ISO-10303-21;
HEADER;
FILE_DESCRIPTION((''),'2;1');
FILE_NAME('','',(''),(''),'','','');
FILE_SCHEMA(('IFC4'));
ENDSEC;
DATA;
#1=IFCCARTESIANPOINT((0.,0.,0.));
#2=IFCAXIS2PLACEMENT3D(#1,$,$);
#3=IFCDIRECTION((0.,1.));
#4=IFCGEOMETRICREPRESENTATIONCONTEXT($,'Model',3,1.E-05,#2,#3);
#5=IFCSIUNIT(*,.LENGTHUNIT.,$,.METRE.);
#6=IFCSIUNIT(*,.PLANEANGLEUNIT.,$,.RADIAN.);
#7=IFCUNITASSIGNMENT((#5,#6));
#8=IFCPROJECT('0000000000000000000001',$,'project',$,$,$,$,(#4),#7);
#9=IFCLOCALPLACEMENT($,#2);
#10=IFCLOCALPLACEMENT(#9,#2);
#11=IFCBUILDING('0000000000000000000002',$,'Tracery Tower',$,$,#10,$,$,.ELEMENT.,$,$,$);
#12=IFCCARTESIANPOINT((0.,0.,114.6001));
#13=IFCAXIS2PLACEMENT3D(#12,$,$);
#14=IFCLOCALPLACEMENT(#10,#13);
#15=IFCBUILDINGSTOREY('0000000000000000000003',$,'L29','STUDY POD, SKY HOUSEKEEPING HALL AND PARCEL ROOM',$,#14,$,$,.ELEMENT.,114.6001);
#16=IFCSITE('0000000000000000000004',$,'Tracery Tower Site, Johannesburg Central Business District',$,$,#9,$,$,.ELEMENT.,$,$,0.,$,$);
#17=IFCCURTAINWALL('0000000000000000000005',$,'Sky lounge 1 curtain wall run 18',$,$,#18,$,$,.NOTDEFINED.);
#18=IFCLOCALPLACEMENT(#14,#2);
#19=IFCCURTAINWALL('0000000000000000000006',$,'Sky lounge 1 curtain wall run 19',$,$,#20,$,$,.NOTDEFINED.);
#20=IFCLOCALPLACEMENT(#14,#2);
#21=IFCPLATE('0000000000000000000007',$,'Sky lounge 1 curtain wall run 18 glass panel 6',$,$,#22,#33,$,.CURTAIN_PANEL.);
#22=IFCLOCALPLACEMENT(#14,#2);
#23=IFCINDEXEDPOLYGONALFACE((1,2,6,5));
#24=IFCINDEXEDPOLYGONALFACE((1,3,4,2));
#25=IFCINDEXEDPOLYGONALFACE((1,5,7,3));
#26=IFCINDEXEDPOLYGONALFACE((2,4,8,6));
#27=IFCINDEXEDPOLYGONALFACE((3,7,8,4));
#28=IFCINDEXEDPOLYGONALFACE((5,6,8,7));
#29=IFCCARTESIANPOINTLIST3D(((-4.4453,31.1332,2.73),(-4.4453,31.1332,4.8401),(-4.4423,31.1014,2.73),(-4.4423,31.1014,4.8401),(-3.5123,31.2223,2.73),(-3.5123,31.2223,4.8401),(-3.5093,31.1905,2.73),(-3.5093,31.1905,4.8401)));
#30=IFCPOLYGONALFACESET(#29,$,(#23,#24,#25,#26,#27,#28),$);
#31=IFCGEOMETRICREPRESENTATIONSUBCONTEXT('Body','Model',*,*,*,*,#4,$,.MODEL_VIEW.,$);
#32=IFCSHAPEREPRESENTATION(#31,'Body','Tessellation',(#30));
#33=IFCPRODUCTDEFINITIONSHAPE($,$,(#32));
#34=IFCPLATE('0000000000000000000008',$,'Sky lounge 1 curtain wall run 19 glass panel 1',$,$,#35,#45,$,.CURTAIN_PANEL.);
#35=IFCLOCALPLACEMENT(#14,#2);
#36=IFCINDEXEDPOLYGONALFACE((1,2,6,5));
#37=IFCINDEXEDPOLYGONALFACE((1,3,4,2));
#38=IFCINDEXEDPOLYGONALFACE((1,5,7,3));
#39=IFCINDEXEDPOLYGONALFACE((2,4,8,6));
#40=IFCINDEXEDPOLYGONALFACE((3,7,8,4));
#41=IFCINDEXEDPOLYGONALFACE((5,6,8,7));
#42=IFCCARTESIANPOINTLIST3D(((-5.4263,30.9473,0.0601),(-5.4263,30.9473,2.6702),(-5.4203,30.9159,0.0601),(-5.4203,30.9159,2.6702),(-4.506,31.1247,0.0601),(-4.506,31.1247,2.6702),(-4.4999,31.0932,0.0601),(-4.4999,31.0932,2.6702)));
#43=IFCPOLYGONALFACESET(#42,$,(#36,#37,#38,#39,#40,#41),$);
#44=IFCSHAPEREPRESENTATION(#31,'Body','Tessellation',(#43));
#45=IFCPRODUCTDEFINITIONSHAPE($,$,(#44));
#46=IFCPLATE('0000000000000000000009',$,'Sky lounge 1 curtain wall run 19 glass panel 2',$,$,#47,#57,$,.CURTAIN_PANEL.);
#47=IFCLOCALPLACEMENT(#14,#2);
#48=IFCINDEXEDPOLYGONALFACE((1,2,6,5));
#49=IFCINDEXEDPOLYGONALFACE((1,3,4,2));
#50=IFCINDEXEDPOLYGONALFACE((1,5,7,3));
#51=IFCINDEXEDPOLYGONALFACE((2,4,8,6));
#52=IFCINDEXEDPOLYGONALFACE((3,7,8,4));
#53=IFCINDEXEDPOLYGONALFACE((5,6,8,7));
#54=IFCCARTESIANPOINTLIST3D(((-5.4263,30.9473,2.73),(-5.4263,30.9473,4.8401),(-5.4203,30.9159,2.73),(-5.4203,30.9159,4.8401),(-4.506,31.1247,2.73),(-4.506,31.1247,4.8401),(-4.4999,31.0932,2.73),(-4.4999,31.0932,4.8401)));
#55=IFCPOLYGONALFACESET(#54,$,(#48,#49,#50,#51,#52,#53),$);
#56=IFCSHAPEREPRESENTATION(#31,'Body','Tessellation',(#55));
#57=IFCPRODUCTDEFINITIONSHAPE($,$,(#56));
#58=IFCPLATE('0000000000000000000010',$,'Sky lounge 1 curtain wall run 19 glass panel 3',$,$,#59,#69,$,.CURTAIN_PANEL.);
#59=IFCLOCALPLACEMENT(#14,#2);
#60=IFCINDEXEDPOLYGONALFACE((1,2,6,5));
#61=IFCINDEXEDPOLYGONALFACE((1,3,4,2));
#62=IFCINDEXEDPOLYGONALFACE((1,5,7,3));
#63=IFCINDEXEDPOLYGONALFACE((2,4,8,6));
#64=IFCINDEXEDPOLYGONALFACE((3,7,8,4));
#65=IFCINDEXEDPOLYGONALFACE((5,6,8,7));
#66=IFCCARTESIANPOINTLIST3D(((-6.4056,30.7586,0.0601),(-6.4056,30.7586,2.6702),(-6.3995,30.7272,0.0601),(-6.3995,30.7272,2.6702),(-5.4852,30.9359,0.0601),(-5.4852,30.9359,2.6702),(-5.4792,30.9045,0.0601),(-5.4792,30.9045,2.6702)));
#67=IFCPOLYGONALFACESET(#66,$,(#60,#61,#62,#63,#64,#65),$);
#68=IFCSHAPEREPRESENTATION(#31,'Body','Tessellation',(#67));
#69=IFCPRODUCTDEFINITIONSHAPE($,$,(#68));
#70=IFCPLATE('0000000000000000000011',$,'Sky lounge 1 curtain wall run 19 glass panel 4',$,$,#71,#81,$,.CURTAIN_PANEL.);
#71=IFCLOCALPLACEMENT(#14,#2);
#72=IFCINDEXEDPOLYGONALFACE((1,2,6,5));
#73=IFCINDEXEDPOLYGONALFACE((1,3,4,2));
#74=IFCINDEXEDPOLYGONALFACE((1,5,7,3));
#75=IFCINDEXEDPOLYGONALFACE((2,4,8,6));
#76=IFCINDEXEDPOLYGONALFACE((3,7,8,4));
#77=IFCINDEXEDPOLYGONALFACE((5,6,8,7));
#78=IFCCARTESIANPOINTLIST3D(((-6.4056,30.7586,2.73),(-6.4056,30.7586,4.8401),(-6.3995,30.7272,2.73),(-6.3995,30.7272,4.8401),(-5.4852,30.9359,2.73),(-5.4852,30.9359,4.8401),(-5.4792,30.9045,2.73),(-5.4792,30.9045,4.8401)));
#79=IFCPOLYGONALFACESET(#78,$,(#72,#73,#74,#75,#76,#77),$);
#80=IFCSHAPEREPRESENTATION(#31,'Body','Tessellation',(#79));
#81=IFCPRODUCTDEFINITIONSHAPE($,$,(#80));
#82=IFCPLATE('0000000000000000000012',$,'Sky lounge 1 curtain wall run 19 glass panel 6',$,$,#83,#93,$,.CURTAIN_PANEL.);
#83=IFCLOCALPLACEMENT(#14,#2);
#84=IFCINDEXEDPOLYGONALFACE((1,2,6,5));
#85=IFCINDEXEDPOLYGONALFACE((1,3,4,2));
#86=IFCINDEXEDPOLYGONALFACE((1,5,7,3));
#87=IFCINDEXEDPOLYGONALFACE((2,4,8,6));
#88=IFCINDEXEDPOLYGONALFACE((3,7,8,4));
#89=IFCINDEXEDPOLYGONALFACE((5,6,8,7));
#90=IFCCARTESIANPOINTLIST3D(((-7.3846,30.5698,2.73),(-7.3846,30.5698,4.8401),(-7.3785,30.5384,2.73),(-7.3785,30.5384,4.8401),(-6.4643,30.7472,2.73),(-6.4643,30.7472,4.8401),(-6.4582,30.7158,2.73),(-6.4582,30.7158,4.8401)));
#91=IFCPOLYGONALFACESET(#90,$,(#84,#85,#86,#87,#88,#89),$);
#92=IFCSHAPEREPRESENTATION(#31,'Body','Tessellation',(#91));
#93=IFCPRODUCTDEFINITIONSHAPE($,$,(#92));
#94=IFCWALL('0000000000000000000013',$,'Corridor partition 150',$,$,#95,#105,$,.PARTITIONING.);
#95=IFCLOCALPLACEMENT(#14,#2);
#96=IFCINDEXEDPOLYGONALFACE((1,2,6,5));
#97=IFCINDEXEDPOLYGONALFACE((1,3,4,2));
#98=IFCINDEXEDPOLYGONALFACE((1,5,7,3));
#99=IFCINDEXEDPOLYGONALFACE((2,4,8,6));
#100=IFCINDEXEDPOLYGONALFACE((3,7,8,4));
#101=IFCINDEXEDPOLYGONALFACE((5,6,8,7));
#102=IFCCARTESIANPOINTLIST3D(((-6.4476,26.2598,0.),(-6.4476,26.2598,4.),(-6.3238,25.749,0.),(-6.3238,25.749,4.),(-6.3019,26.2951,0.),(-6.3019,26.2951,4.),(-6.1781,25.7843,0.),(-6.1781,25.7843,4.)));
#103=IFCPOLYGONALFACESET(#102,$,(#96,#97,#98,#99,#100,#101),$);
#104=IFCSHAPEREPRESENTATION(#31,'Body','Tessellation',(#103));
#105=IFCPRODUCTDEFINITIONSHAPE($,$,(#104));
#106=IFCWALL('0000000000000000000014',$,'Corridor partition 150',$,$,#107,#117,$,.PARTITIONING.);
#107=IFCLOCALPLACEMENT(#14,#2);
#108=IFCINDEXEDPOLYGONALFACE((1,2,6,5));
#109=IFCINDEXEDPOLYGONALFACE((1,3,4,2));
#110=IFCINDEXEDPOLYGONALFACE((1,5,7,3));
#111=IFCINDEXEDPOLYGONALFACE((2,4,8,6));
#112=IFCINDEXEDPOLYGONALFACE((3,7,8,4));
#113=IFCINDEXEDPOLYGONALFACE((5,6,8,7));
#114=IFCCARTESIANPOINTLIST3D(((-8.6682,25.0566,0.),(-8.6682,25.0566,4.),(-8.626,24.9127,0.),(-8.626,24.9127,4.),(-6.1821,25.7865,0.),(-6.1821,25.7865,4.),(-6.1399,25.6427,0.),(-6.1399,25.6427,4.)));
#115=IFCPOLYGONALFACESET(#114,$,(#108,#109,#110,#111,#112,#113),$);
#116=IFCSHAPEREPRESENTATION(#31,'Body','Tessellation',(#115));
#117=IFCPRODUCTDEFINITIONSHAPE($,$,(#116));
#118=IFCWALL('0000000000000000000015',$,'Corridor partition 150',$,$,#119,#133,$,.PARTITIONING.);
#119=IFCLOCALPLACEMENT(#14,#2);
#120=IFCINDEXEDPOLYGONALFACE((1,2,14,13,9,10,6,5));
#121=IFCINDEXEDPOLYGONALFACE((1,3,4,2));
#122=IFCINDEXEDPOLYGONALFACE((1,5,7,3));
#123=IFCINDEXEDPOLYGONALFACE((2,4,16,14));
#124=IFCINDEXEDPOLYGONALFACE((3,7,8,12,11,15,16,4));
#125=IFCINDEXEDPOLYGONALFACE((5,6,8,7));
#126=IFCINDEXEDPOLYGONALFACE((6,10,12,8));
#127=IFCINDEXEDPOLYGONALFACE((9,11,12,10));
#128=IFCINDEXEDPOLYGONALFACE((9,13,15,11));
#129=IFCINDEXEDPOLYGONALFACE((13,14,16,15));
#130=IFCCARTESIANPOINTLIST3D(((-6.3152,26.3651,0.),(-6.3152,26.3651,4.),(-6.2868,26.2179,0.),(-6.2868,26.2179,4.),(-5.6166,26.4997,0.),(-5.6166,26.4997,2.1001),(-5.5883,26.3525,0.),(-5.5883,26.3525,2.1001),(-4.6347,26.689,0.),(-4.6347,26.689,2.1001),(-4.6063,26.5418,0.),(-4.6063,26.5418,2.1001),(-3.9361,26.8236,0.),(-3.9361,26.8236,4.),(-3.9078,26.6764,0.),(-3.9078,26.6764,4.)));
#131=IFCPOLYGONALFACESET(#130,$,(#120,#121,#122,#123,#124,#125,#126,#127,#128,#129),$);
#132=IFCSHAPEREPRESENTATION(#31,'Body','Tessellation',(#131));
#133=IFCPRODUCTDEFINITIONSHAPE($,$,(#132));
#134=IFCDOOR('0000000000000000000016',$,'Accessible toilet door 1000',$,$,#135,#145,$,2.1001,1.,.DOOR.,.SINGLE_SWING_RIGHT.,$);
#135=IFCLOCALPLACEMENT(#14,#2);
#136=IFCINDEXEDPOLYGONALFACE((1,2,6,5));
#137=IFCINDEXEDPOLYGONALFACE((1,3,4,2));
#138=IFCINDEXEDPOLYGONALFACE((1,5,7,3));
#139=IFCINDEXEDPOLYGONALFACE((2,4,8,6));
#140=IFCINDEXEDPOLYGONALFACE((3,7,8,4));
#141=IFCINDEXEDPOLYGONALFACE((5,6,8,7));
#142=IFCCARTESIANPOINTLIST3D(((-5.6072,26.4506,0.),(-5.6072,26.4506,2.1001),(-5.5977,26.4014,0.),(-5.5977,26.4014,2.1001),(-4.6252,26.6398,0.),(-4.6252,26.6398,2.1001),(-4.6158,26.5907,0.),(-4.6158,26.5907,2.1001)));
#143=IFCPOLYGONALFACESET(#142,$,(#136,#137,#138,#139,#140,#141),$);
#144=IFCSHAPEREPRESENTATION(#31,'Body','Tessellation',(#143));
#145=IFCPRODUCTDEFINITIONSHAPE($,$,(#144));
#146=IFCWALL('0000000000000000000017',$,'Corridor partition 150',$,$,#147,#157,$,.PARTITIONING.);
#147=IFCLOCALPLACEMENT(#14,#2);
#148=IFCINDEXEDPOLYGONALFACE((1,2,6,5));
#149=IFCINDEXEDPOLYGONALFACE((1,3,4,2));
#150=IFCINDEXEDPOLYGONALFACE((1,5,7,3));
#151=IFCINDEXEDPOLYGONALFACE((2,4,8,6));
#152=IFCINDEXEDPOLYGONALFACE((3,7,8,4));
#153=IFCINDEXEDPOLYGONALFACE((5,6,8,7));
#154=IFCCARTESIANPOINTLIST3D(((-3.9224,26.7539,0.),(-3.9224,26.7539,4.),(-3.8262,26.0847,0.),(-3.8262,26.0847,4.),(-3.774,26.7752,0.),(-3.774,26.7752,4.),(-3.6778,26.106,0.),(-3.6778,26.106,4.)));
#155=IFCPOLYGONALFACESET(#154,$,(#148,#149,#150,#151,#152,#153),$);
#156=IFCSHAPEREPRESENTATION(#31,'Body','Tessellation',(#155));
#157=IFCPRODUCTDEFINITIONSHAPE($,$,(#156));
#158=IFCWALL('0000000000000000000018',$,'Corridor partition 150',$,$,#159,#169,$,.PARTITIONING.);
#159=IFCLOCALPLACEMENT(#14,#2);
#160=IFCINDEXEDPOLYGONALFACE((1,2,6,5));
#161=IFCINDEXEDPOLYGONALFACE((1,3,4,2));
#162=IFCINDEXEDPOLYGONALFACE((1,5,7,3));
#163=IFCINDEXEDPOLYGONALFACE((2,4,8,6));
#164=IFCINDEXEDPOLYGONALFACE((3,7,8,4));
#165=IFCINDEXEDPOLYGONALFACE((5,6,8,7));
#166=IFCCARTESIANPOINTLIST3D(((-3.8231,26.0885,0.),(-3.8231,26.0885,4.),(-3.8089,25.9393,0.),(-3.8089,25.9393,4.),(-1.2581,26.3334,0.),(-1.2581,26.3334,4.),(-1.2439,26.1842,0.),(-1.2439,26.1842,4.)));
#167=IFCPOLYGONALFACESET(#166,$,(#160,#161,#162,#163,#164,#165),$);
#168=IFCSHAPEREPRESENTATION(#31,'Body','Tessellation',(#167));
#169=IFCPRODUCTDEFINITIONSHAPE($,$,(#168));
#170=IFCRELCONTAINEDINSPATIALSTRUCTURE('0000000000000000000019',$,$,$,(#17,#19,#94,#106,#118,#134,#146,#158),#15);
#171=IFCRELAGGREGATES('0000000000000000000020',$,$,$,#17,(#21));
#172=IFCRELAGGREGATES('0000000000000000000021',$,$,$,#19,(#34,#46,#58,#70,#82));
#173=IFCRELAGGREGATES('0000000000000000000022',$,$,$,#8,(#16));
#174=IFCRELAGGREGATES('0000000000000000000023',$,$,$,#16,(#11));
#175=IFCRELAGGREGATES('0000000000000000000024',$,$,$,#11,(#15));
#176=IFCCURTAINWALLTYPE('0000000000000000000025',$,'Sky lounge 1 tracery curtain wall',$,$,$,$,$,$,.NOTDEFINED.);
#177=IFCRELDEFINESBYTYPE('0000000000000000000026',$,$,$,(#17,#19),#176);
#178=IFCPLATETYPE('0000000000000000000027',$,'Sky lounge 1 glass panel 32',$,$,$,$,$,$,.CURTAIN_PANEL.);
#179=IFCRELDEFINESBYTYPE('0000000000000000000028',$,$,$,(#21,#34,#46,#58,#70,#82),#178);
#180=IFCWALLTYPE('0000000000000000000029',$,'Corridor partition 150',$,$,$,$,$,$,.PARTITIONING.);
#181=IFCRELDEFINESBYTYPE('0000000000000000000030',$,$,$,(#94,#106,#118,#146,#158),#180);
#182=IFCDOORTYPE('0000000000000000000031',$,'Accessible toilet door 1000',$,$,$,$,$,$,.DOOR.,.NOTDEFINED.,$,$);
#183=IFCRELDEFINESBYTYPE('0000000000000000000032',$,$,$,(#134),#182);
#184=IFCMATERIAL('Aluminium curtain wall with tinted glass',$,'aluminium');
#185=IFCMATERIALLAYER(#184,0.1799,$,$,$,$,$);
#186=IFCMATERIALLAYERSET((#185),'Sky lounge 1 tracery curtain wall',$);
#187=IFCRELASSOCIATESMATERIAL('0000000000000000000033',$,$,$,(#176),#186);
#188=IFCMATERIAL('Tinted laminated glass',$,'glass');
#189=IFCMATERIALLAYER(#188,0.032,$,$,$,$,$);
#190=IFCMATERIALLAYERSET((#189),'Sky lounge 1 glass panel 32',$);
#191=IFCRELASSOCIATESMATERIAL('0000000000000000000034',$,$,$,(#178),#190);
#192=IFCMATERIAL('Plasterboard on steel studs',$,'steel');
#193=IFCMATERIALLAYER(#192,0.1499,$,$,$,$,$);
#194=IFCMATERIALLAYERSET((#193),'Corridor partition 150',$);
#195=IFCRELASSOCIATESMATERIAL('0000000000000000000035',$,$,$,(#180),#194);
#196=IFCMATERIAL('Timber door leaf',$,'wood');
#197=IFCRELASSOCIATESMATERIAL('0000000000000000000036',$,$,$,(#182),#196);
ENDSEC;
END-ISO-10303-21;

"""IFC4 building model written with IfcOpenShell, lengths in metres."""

from ifc_helpers import new_model, si_unit, direction, frame, frame_2d, origin, origin_2d, place, context, subcontext, project, spatial, rectangle, extrude, material, layer, layer_set, type_object, element, fill, aggregate, save


model = new_model("IFC4")

# Units and contexts
model_context = context("Model", 3, precision=1e-05, world=origin(), true_north=direction((0.0, 1.0)))
body_context = subcontext(model_context, "Body", "Model", "MODEL_VIEW")
ifc_project = project(units=[si_unit("LENGTHUNIT", "METRE"), si_unit("PLANEANGLEUNIT", "RADIAN")], contexts=[model_context])

# Site, building, storey
site_placement = place(None, origin())
site = spatial("IfcSite", under=ifc_project, at=site_placement, Name="Tracery Tower Site, Johannesburg Central Business District", CompositionType="ELEMENT", RefElevation=0.0)
building_placement = place(site_placement, origin())
building = spatial("IfcBuilding", under=site, at=building_placement, Name="Tracery Tower", CompositionType="ELEMENT")
storey_placement = place(building_placement, frame((0.0, 0.0, 114.6001)))
storey = spatial("IfcBuildingStorey", under=building, at=storey_placement, Name="L29", Description="STUDY POD, SKY HOUSEKEEPING HALL AND PARCEL ROOM", CompositionType="ELEMENT", Elevation=114.6001)

# Curtain walls
ifc_material_1 = material(Name="Aluminium curtain wall with tinted glass", Category="aluminium")
ifc_layer_1 = layer(ifc_material_1, 0.1799)
ifc_layer_set_1 = layer_set([ifc_layer_1], Name="Sky lounge 1 tracery curtain wall")
curtain_wall_type = type_object("IfcCurtainWallType", Name="Sky lounge 1 tracery curtain wall", PredefinedType="NOTDEFINED", material=ifc_layer_set_1)
curtain_wall_1_placement = place(storey_placement, origin())
curtain_wall_1 = element("IfcCurtainWall", 1, at=curtain_wall_1_placement, inside=storey, type_object=curtain_wall_type, Name="Sky lounge 1 curtain wall run 18", PredefinedType="NOTDEFINED")
curtain_wall_2_placement = place(storey_placement, origin())
curtain_wall_2 = element("IfcCurtainWall", 2, at=curtain_wall_2_placement, inside=storey, type_object=curtain_wall_type, Name="Sky lounge 1 curtain wall run 19", PredefinedType="NOTDEFINED")

# Shared definitions
ifc_material_2 = material(Name="Tinted laminated glass", Category="glass")
ifc_layer_2 = layer(ifc_material_2, 0.032)
ifc_layer_set_2 = layer_set([ifc_layer_2], Name="Sky lounge 1 glass panel 32")
plate_type = type_object("IfcPlateType", Name="Sky lounge 1 glass panel 32", PredefinedType="CURTAIN_PANEL", material=ifc_layer_set_2)

# Plates
plate_1_placement = place(storey_placement, frame((-3.9773, 31.1619, 2.73), z_axis=(0.0, 0.0, 1.0), x_axis=(-0.995472, -0.095056, 0.0)))
plate_1 = element("IfcPlate", 3, at=plate_1_placement, type_object=plate_type, Name="Sky lounge 1 curtain wall run 18 glass panel 6", PredefinedType="CURTAIN_PANEL", context=body_context, shape_type="SweptSolid", body=[
    extrude(rectangle(XDim=0.9373, YDim=0.032, at=origin_2d()), origin(), (0.0, 0.0, 1.0), 2.1101),
])
aggregate(curtain_wall_1, [plate_1])
plate_2_placement = place(storey_placement, frame((-4.9631, 31.0203, 0.0601), z_axis=(0.0, 0.0, 1.0), x_axis=(-0.981929, -0.189251, 0.0)))
plate_2 = element("IfcPlate", 4, at=plate_2_placement, type_object=plate_type, Name="Sky lounge 1 curtain wall run 19 glass panel 1", PredefinedType="CURTAIN_PANEL", context=body_context, shape_type="SweptSolid", body=[
    extrude(rectangle(XDim=0.9373, YDim=0.032, at=origin_2d()), origin(), (0.0, 0.0, 1.0), 2.6101),
])
plate_3_placement = place(storey_placement, frame((-4.9631, 31.0203, 2.73), z_axis=(0.0, 0.0, 1.0), x_axis=(-0.981929, -0.189251, 0.0)))
plate_3 = element("IfcPlate", 5, at=plate_3_placement, type_object=plate_type, Name="Sky lounge 1 curtain wall run 19 glass panel 2", PredefinedType="CURTAIN_PANEL", context=body_context, shape_type="SweptSolid", body=[
    extrude(rectangle(XDim=0.9373, YDim=0.032, at=origin_2d()), origin(), (0.0, 0.0, 1.0), 2.1101),
])
plate_4_placement = place(storey_placement, frame((-5.9424, 30.8315, 0.0601), z_axis=(0.0, 0.0, 1.0), x_axis=(-0.981929, -0.189251, 0.0)))
plate_4 = element("IfcPlate", 6, at=plate_4_placement, type_object=plate_type, Name="Sky lounge 1 curtain wall run 19 glass panel 3", PredefinedType="CURTAIN_PANEL", context=body_context, shape_type="SweptSolid", body=[
    extrude(rectangle(XDim=0.9373, YDim=0.032, at=origin_2d()), origin(), (0.0, 0.0, 1.0), 2.6101),
])
plate_5_placement = place(storey_placement, frame((-5.9424, 30.8315, 2.73), z_axis=(0.0, 0.0, 1.0), x_axis=(-0.981929, -0.189251, 0.0)))
plate_5 = element("IfcPlate", 7, at=plate_5_placement, type_object=plate_type, Name="Sky lounge 1 curtain wall run 19 glass panel 4", PredefinedType="CURTAIN_PANEL", context=body_context, shape_type="SweptSolid", body=[
    extrude(rectangle(XDim=0.9373, YDim=0.032, at=origin_2d()), origin(), (0.0, 0.0, 1.0), 2.1101),
])
plate_6_placement = place(storey_placement, frame((-6.9214, 30.6428, 2.73), z_axis=(0.0, 0.0, 1.0), x_axis=(-0.981929, -0.189251, 0.0)))
plate_6 = element("IfcPlate", 8, at=plate_6_placement, type_object=plate_type, Name="Sky lounge 1 curtain wall run 19 glass panel 6", PredefinedType="CURTAIN_PANEL", context=body_context, shape_type="SweptSolid", body=[
    extrude(rectangle(XDim=0.9373, YDim=0.032, at=origin_2d()), origin(), (0.0, 0.0, 1.0), 2.1101),
])
aggregate(curtain_wall_2, [plate_2, plate_3, plate_4, plate_5, plate_6])

# Walls
ifc_material_3 = material(Name="Plasterboard on steel studs", Category="steel")
ifc_layer_3 = layer(ifc_material_3, 0.1499)
ifc_layer_set_3 = layer_set([ifc_layer_3], Name="Corridor partition 150")
wall_type_1 = type_object("IfcWallType", Name="Corridor partition 150", PredefinedType="PARTITIONING", material=ifc_layer_set_3)
wall_1_placement = place(storey_placement, frame((-6.3748, 26.2773, 0.0), z_axis=(0.0, 0.0, 1.0), x_axis=(0.235534, -0.971866, 0.0)))
element("IfcWall", 9, at=wall_1_placement, inside=storey, type_object=wall_type_1, Name="Corridor partition 150", PredefinedType="PARTITIONING", context=body_context, shape_type="SweptSolid", body=[
    extrude(rectangle(XDim=0.5256, YDim=0.1499, at=frame_2d((0.2627, 0.0))), origin(), (0.0, 0.0, 1.0), 4.0),
])
wall_2_placement = place(storey_placement, frame((-6.1611, 25.7146, 0.0), z_axis=(0.0, 0.0, 1.0), x_axis=(-0.959493, -0.281733, 0.0)))
element("IfcWall", 10, at=wall_2_placement, inside=storey, type_object=wall_type_1, Name="Corridor partition 150", PredefinedType="PARTITIONING", context=body_context, shape_type="SweptSolid", body=[
    extrude(rectangle(XDim=2.5911, YDim=0.1499, at=frame_2d((1.2954, 0.0))), origin(), (0.0, 0.0, 1.0), 4.0),
])

# Wall, opening, door
wall_3_placement = place(storey_placement, frame((-6.301, 26.2915, 0.0), z_axis=(0.0, 0.0, 1.0), x_axis=(0.981932, 0.189232, 0.0)))
wall_3 = element("IfcWall", 11, at=wall_3_placement, inside=storey, type_object=wall_type_1, Name="Corridor partition 150", PredefinedType="PARTITIONING", context=body_context, shape_type="SweptSolid", body=[
    extrude(rectangle(XDim=2.4229, YDim=0.1499, at=frame_2d((1.2114, 0.0))), origin(), (0.0, 0.0, 1.0), 4.0),
])
opening_1_placement = place(wall_3_placement, frame((0.7114, 0.0, 0.0)))
opening_1 = element("IfcOpeningElement", 12, at=opening_1_placement, cuts=wall_3, PredefinedType="OPENING", context=body_context, shape_type="SweptSolid", body=[
    extrude(rectangle(XDim=1.0, YDim=2.1001, at=frame_2d((0.5, 1.05))), frame((0.0, 0.075, 0.0), z_axis=(0.0, -1.0, 0.0), x_axis=(1.0, 0.0, 0.0)), (0.0, 0.0, 1.0), 0.1499),
])
ifc_material_4 = material(Name="Timber door leaf", Category="wood")
door_type_1 = type_object("IfcDoorType", Name="Accessible toilet door 1000", OperationType="NOTDEFINED", PredefinedType="DOOR", material=ifc_material_4)
door_1_placement = place(opening_1_placement, origin())
door_1 = element("IfcDoor", 13, at=door_1_placement, inside=storey, type_object=door_type_1, Name="Accessible toilet door 1000", OperationType="SINGLE_SWING_RIGHT", OverallHeight=2.1001, OverallWidth=1.0, PredefinedType="DOOR", context=body_context, shape_type="SweptSolid", body=[
    extrude(rectangle(XDim=1.0, YDim=2.1001, at=frame_2d((0.5, 1.05))), frame((0.0, 0.0249, 0.0), z_axis=(0.0, -1.0, 0.0), x_axis=(1.0, 0.0, 0.0)), (0.0, 0.0, 1.0), 0.05),
])
fill(opening_1, door_1)

# Walls
wall_4_placement = place(storey_placement, frame((-3.8481, 26.7644, 0.0), z_axis=(0.0, 0.0, 1.0), x_axis=(0.142281, -0.989826, 0.0)))
element("IfcWall", 14, at=wall_4_placement, inside=storey, type_object=wall_type_1, Name="Corridor partition 150", PredefinedType="PARTITIONING", context=body_context, shape_type="SweptSolid", body=[
    extrude(rectangle(XDim=0.676, YDim=0.1499, at=frame_2d((0.3379, 0.0))), origin(), (0.0, 0.0, 1.0), 4.0),
])
wall_5_placement = place(storey_placement, frame((-1.251, 26.2588, 0.0), z_axis=(0.0, 0.0, 1.0), x_axis=(-0.995474, -0.095037, 0.0)))
element("IfcWall", 15, at=wall_5_placement, inside=storey, type_object=wall_type_1, Name="Corridor partition 150", PredefinedType="PARTITIONING", context=body_context, shape_type="SweptSolid", body=[
    extrude(rectangle(XDim=2.5767, YDim=0.1499, at=frame_2d((1.2883, 0.0))), origin(), (0.0, 0.0, 1.0), 4.0),
])

save(model, "model.ifc")
